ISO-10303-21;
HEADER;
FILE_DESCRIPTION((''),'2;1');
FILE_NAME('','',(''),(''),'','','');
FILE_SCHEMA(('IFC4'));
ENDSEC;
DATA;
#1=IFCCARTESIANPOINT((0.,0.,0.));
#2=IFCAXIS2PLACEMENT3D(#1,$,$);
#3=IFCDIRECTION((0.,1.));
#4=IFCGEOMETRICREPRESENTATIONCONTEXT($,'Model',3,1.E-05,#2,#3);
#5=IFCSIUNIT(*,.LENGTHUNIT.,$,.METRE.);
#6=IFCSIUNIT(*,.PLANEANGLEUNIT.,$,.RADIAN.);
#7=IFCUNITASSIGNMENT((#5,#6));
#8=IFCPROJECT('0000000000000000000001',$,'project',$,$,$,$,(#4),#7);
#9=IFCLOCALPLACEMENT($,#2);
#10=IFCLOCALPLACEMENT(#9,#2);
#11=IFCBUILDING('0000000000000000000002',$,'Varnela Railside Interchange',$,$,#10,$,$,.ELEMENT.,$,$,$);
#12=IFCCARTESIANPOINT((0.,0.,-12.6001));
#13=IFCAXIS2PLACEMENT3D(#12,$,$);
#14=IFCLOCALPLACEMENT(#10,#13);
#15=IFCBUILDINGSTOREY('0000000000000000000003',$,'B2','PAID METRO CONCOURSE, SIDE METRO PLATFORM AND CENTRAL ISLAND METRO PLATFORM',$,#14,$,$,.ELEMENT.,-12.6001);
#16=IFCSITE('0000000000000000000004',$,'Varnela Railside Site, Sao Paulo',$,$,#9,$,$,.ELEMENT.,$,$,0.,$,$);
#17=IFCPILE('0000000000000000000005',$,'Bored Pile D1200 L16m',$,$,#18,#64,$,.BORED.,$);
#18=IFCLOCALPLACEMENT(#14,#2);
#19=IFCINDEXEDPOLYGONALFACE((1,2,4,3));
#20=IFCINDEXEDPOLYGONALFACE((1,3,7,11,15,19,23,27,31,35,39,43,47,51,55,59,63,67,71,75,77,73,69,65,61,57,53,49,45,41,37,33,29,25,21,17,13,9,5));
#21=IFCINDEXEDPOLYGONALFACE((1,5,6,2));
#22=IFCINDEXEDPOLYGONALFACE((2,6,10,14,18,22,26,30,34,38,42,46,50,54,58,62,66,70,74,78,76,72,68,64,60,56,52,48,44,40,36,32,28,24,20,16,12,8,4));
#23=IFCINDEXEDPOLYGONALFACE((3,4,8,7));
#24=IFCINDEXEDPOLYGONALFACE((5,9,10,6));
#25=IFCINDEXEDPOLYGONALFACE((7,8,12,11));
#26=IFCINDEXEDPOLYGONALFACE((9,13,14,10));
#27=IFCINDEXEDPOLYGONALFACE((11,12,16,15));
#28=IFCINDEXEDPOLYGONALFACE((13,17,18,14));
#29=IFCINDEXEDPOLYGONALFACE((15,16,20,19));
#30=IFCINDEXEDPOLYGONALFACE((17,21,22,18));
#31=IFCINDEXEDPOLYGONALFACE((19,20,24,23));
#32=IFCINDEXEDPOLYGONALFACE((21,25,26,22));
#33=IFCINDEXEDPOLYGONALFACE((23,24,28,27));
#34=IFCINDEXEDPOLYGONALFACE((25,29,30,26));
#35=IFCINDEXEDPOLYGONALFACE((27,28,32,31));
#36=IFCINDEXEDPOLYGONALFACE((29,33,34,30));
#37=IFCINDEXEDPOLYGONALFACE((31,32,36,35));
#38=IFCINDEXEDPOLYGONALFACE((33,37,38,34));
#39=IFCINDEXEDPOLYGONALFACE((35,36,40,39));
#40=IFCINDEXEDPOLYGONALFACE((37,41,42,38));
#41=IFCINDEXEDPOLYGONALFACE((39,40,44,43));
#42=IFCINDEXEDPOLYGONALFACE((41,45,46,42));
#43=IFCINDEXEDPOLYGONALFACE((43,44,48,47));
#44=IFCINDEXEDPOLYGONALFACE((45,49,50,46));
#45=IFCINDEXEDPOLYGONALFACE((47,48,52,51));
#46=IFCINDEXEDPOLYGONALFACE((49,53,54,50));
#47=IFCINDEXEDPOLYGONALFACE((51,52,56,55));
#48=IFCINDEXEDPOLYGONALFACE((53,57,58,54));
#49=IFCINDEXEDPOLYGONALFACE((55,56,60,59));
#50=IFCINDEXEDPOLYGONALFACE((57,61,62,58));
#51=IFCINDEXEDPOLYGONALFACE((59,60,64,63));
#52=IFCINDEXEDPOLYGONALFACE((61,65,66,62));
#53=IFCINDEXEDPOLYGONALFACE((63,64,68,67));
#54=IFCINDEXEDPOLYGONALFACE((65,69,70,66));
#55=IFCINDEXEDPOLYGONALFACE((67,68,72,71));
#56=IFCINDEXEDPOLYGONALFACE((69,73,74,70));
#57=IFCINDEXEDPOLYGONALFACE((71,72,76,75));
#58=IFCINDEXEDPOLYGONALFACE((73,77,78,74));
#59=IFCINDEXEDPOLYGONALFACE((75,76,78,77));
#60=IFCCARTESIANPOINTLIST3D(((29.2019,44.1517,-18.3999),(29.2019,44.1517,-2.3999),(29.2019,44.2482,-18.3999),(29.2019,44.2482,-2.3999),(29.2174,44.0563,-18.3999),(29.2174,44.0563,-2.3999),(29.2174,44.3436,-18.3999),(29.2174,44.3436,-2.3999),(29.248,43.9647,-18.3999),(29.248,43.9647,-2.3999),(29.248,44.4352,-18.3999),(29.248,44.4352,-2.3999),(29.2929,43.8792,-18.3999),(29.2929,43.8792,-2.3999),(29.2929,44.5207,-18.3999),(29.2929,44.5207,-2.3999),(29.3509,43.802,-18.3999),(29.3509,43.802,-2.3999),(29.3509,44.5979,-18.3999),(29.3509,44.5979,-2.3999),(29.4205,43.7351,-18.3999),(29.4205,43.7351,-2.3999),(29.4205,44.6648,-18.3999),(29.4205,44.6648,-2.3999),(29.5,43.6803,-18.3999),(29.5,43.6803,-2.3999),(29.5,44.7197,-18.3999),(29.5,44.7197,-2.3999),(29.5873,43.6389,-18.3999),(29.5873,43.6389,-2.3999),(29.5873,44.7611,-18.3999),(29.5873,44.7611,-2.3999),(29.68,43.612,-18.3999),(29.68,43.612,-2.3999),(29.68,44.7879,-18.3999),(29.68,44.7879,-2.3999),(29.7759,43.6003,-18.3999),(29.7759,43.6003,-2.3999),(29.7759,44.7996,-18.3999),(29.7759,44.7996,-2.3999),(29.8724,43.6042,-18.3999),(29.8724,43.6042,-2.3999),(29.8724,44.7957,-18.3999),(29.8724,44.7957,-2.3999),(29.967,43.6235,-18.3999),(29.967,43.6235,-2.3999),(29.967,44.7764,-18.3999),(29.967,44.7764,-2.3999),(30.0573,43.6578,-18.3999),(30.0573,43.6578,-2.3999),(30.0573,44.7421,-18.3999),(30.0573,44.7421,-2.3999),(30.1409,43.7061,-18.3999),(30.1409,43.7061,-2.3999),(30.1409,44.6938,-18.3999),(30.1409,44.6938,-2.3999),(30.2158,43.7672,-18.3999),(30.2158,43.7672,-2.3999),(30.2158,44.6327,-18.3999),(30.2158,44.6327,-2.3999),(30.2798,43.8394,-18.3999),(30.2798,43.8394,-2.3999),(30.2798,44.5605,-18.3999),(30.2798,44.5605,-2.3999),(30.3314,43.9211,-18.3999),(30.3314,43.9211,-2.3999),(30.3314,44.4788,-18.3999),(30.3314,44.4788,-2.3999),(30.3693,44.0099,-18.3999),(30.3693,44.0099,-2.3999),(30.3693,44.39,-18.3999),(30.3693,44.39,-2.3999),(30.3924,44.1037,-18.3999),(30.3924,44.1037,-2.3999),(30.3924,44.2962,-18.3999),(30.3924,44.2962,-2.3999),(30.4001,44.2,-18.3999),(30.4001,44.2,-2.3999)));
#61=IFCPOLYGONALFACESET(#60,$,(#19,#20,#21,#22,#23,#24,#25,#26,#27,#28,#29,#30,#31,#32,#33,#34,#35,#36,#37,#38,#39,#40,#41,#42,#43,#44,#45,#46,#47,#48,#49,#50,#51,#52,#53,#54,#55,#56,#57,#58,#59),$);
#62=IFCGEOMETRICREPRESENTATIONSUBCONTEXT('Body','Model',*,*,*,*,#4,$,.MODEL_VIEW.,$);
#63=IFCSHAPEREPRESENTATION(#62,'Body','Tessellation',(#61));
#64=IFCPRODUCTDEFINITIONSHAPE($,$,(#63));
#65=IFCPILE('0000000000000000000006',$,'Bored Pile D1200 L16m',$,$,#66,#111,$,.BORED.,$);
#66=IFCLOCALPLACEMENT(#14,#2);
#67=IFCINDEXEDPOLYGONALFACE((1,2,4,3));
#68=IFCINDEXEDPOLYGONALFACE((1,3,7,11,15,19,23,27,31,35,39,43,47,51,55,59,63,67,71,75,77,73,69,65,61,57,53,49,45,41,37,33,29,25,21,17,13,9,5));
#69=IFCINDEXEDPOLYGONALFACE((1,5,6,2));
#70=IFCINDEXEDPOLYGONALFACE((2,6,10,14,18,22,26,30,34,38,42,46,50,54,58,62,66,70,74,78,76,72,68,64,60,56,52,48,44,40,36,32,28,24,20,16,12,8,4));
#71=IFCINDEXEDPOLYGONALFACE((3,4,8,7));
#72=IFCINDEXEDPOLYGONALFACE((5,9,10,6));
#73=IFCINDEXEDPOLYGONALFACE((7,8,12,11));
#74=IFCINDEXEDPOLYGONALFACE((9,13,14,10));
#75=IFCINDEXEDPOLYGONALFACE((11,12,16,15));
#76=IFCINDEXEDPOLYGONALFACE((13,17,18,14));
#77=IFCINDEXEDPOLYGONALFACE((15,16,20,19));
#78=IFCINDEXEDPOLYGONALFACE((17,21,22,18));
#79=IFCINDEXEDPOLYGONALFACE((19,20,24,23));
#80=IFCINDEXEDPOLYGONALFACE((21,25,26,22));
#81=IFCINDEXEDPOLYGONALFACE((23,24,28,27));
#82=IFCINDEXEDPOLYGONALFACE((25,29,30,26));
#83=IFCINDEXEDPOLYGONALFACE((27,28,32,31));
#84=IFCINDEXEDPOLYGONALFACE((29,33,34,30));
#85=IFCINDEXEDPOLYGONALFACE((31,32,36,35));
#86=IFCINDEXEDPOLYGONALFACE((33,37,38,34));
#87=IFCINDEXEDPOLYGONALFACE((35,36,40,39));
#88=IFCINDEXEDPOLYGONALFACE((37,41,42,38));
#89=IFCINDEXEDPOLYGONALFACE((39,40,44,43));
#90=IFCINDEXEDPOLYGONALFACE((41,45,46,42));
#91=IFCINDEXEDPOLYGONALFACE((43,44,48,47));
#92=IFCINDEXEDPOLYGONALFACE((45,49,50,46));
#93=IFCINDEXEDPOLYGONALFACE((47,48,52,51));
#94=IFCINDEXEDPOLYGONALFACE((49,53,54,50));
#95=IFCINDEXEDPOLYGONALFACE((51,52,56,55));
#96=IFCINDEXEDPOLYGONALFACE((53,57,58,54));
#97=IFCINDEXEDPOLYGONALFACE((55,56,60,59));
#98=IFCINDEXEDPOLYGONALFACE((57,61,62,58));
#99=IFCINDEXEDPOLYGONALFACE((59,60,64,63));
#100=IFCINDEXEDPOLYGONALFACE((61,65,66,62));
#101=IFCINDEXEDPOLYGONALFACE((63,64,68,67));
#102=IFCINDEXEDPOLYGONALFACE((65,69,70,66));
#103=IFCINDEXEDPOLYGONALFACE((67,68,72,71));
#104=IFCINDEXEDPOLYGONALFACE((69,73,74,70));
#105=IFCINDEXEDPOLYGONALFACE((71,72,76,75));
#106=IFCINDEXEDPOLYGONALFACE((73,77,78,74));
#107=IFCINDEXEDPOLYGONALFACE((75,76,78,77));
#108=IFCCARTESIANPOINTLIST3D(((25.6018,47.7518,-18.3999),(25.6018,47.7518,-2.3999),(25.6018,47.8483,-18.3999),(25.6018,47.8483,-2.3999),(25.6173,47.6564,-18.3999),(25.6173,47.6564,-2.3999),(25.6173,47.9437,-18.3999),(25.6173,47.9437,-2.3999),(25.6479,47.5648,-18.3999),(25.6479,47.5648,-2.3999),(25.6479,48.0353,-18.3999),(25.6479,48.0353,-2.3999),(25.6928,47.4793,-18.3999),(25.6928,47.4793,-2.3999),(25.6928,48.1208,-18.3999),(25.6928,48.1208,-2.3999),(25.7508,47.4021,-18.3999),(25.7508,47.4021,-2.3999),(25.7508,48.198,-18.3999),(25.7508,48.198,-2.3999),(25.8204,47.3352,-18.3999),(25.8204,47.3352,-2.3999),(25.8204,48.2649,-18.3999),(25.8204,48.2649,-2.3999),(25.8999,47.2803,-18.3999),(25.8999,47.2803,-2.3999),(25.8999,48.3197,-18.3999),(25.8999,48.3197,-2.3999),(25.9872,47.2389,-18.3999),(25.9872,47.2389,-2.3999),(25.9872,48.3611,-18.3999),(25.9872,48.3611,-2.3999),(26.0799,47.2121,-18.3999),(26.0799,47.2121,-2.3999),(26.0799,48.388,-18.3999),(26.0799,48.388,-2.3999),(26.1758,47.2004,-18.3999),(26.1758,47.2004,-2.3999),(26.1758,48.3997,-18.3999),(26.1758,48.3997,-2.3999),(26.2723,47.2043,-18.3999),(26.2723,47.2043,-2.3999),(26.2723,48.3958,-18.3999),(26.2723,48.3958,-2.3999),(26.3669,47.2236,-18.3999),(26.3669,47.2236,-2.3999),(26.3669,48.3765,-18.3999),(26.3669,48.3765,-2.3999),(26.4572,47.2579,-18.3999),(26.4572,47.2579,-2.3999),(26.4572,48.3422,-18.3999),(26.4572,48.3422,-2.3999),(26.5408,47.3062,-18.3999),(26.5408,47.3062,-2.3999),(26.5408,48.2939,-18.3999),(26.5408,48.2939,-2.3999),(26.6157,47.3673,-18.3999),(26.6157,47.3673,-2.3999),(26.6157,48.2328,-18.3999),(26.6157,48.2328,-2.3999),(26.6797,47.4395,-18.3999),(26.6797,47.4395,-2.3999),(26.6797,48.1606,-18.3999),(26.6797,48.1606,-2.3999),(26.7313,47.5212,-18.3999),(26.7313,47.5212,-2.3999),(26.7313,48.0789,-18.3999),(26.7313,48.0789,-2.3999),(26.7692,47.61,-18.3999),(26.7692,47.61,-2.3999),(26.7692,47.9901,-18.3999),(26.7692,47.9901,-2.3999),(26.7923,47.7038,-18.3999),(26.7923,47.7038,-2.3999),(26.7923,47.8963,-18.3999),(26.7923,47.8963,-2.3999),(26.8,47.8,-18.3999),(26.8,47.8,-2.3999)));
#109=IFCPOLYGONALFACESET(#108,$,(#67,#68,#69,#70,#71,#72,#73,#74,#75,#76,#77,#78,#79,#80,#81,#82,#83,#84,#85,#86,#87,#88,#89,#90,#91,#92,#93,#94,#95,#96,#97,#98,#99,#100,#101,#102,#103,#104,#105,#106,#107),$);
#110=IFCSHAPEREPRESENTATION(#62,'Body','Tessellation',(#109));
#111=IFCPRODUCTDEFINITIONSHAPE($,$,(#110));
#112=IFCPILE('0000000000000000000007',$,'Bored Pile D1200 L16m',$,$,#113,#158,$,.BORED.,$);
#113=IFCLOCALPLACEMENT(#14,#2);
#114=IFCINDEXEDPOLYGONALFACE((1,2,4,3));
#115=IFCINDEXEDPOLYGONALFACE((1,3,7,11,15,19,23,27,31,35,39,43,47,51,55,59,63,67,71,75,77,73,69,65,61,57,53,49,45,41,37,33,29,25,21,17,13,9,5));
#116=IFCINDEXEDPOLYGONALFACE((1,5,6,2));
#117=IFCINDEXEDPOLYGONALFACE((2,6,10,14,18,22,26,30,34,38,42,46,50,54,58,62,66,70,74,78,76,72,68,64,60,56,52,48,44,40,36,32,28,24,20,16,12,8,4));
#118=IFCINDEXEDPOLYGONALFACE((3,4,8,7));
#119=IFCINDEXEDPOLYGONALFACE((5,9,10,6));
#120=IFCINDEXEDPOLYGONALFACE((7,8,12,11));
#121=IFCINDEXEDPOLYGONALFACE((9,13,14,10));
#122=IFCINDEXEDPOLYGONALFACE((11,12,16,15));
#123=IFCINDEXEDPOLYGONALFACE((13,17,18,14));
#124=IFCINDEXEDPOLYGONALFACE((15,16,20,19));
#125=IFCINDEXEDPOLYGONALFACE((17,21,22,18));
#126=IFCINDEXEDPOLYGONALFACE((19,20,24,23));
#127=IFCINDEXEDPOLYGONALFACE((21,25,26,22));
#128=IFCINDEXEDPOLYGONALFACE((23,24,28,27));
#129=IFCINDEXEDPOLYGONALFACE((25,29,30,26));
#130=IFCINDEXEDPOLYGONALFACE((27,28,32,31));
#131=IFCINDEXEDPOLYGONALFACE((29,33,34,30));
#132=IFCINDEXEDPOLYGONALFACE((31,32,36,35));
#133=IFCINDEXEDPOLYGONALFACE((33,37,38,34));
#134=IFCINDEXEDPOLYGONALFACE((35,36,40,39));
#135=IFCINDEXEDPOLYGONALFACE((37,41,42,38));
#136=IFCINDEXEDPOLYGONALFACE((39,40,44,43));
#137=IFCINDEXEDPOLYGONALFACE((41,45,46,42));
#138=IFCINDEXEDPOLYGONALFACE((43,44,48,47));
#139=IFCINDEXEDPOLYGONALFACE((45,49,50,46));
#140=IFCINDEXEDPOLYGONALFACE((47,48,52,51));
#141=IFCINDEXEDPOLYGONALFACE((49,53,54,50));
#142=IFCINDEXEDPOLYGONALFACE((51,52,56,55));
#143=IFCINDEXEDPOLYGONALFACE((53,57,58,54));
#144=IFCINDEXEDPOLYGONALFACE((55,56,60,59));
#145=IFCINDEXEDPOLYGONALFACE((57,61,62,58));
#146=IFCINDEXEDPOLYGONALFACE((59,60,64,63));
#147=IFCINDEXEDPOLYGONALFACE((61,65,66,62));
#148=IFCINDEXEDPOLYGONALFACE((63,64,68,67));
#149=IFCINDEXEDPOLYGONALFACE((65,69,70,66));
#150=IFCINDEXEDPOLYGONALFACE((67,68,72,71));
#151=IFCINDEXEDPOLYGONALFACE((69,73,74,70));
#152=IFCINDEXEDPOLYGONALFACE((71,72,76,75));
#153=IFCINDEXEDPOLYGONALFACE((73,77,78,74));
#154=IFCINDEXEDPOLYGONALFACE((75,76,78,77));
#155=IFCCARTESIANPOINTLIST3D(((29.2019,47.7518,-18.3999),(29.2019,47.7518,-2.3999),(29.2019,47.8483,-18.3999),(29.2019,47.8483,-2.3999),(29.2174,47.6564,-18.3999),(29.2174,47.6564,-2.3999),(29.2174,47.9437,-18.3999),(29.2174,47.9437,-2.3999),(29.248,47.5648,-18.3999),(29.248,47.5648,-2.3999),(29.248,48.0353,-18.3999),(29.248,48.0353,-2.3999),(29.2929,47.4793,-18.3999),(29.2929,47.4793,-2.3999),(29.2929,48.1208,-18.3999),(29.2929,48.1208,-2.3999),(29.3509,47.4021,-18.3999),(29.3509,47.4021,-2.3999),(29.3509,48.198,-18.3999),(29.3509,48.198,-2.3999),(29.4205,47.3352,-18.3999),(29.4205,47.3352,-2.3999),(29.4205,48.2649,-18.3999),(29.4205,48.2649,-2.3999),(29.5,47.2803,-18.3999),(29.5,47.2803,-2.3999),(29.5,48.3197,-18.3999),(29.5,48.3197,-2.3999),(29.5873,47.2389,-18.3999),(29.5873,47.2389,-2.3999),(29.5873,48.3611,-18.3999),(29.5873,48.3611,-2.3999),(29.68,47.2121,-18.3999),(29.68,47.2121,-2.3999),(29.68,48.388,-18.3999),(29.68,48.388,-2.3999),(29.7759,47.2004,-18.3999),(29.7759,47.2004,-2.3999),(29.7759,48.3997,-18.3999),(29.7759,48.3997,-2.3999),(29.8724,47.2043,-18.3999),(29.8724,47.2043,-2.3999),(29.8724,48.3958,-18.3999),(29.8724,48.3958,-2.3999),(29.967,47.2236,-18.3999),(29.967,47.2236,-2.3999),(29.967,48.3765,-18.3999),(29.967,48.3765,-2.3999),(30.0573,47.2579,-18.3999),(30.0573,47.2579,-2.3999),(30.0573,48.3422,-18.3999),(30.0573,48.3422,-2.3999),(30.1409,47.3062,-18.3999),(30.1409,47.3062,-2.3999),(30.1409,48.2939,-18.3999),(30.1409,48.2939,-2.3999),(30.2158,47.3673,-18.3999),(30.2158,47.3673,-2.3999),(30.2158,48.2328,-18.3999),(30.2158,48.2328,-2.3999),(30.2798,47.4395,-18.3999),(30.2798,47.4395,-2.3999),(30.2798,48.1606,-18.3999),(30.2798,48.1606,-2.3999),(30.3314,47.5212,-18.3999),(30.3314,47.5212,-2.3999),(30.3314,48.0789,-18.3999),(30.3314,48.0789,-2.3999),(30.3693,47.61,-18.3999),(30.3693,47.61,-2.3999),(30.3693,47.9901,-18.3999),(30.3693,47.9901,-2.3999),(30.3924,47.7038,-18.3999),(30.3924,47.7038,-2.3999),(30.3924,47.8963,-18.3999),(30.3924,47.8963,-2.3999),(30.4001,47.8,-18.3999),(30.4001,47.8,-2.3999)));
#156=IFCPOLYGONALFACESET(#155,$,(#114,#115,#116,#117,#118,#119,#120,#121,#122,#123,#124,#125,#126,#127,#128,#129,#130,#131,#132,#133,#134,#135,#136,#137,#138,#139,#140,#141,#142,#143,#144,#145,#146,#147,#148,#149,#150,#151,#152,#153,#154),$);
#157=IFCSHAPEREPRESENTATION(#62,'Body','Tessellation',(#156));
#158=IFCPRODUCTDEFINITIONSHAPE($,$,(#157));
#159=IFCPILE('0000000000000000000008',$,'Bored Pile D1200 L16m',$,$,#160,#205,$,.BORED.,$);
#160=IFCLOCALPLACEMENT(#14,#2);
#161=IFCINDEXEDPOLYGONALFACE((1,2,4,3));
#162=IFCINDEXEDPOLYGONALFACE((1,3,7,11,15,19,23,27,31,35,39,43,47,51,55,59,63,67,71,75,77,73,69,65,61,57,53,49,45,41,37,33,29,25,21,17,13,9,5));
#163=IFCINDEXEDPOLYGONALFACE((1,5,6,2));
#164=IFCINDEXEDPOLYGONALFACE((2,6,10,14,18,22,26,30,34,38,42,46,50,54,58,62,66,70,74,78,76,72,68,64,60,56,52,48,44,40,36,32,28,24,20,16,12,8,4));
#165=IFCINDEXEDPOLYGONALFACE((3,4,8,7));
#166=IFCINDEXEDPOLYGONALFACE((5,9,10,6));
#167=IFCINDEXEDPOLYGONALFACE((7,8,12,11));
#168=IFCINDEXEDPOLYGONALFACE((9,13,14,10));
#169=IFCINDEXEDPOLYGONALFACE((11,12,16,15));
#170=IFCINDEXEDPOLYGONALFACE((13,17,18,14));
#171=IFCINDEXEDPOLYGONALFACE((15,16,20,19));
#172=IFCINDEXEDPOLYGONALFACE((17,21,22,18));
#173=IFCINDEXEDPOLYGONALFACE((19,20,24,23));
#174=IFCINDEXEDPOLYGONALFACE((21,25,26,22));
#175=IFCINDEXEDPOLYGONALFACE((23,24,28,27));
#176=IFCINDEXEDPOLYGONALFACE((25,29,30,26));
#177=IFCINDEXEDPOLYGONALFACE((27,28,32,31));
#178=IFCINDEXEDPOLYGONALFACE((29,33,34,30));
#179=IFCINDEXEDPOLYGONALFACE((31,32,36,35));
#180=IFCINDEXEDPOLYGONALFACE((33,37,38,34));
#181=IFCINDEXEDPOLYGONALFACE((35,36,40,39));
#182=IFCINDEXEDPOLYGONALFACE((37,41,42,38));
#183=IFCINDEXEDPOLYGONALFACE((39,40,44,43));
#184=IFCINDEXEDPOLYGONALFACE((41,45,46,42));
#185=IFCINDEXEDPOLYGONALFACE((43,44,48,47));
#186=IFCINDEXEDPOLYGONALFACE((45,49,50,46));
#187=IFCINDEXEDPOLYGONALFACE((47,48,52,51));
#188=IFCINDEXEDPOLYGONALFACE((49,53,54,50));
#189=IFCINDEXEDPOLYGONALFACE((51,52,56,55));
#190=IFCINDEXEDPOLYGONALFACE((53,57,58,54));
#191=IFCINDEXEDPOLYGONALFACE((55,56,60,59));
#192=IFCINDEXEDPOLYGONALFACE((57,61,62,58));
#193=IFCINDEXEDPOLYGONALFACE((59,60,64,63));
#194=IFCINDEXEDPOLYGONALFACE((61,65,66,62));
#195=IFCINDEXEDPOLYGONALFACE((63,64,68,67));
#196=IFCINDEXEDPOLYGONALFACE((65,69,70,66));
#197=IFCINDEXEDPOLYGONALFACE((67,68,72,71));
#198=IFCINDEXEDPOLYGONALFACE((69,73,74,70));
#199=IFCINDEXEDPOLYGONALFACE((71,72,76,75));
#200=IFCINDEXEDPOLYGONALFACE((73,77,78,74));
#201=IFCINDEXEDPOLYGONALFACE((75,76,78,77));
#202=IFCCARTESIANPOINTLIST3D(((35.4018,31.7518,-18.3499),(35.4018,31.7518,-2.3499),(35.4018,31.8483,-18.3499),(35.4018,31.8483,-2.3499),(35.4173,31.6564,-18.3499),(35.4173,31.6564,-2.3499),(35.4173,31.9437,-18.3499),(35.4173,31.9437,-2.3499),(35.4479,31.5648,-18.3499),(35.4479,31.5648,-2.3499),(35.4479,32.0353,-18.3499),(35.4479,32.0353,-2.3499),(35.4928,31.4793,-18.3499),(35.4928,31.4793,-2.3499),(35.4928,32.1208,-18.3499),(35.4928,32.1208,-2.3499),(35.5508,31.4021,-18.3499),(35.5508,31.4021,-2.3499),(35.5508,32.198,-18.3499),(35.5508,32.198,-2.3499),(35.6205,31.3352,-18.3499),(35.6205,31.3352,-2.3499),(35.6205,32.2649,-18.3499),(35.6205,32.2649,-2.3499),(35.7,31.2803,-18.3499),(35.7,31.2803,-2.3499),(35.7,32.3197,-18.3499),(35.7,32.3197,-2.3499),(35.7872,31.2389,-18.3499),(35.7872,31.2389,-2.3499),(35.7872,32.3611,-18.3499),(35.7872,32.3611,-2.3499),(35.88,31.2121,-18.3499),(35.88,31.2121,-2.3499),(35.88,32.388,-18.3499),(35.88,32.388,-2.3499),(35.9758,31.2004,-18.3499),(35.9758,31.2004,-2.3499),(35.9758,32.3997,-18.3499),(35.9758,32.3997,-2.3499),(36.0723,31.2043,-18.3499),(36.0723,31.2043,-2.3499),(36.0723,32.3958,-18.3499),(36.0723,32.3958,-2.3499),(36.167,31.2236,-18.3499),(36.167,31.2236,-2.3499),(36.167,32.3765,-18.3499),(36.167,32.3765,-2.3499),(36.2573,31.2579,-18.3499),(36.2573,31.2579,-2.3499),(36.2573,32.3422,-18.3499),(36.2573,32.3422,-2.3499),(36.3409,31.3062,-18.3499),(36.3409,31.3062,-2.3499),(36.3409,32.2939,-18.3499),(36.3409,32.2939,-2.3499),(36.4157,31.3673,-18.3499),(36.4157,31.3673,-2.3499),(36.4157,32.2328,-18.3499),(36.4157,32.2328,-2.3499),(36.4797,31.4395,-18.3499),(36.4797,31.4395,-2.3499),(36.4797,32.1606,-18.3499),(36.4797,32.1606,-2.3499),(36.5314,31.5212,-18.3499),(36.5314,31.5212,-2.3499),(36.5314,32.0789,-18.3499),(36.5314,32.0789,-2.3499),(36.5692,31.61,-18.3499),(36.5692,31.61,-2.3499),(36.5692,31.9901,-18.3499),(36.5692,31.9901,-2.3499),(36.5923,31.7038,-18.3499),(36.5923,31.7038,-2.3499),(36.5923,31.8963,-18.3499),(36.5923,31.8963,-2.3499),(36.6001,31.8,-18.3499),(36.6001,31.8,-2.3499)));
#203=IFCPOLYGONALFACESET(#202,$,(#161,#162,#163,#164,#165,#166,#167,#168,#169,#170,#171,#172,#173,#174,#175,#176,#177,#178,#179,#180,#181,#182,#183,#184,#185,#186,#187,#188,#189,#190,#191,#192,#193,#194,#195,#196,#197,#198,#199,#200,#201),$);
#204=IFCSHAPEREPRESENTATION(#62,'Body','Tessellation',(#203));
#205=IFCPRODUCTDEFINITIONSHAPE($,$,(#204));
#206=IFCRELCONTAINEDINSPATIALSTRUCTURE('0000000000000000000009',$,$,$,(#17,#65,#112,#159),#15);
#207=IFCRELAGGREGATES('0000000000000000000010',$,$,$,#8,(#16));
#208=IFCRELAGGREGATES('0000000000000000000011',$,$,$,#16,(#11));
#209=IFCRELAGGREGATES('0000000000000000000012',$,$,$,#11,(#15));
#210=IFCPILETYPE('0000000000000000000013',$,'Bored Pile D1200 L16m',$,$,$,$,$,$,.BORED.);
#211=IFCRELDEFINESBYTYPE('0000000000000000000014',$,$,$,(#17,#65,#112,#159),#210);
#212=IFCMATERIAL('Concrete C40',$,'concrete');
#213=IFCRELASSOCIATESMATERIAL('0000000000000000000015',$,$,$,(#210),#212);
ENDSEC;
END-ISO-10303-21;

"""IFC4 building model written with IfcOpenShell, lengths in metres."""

from ifc_helpers import new_model, si_unit, direction, frame, origin, origin_2d, place, context, subcontext, project, spatial, circle, extrude, material, material_profile, profile_set, type_object, element, save


model = new_model("IFC4")

# Units and contexts
model_context = context("Model", 3, precision=1e-05, world=origin(), true_north=direction((0.0, 1.0)))
body_context = subcontext(model_context, "Body", "Model", "MODEL_VIEW")
ifc_project = project(units=[si_unit("LENGTHUNIT", "METRE"), si_unit("PLANEANGLEUNIT", "RADIAN")], contexts=[model_context])

# Site, building, storey
site_placement = place(None, origin())
site = spatial("IfcSite", under=ifc_project, at=site_placement, Name="Varnela Railside Site, Sao Paulo", CompositionType="ELEMENT", RefElevation=0.0)
building_placement = place(site_placement, origin())
building = spatial("IfcBuilding", under=site, at=building_placement, Name="Varnela Railside Interchange", CompositionType="ELEMENT")
storey_placement = place(building_placement, frame((0.0, 0.0, -12.6001)))
storey = spatial("IfcBuildingStorey", under=building, at=storey_placement, Name="B2", Description="PAID METRO CONCOURSE, SIDE METRO PLATFORM AND CENTRAL ISLAND METRO PLATFORM", CompositionType="ELEMENT", Elevation=-12.6001)

# Piles
ifc_material_1 = material(Name="Concrete C40", Category="concrete")
ifc_material_profile_1 = material_profile(ifc_material_1, circle(Radius=0.6001, at=origin_2d()), Name="BORED PILE D1200")
ifc_profile_set_1 = profile_set([ifc_material_profile_1], Name="Concrete C40")
pile_type_1 = type_object("IfcPileType", Name="Bored Pile D1200 L16m", PredefinedType="BORED", material=ifc_profile_set_1)
for number, where, z_axis, x_axis, name in (
    (1, (29.8, 44.2, -2.3999), (0.0, 0.0, -1.0), (1.0, 0.0, 0.0), "Bored Pile D1200 L16m"),
    (2, (26.2, 47.8, -2.3999), (0.0, 0.0, -1.0), (1.0, 0.0, 0.0), "Bored Pile D1200 L16m"),
    (3, (29.8, 47.8, -2.3999), (0.0, 0.0, -1.0), (1.0, 0.0, 0.0), "Bored Pile D1200 L16m"),
    (4, (36.0, 31.8, -2.3499), (0.0, 0.0, -1.0), (1.0, 0.0, 0.0), "Bored Pile D1200 L16m"),
):
    element("IfcPile", number, at=place(storey_placement, frame(where, z_axis=z_axis, x_axis=x_axis)), inside=storey, type_object=pile_type_1, Name=name, PredefinedType="BORED", context=body_context, shape_type="SweptSolid", body=[
        extrude(circle(Radius=0.6001, at=origin_2d()), origin(), (0.0, 0.0, 1.0), 16.0),
    ])

save(model, "model.ifc")
